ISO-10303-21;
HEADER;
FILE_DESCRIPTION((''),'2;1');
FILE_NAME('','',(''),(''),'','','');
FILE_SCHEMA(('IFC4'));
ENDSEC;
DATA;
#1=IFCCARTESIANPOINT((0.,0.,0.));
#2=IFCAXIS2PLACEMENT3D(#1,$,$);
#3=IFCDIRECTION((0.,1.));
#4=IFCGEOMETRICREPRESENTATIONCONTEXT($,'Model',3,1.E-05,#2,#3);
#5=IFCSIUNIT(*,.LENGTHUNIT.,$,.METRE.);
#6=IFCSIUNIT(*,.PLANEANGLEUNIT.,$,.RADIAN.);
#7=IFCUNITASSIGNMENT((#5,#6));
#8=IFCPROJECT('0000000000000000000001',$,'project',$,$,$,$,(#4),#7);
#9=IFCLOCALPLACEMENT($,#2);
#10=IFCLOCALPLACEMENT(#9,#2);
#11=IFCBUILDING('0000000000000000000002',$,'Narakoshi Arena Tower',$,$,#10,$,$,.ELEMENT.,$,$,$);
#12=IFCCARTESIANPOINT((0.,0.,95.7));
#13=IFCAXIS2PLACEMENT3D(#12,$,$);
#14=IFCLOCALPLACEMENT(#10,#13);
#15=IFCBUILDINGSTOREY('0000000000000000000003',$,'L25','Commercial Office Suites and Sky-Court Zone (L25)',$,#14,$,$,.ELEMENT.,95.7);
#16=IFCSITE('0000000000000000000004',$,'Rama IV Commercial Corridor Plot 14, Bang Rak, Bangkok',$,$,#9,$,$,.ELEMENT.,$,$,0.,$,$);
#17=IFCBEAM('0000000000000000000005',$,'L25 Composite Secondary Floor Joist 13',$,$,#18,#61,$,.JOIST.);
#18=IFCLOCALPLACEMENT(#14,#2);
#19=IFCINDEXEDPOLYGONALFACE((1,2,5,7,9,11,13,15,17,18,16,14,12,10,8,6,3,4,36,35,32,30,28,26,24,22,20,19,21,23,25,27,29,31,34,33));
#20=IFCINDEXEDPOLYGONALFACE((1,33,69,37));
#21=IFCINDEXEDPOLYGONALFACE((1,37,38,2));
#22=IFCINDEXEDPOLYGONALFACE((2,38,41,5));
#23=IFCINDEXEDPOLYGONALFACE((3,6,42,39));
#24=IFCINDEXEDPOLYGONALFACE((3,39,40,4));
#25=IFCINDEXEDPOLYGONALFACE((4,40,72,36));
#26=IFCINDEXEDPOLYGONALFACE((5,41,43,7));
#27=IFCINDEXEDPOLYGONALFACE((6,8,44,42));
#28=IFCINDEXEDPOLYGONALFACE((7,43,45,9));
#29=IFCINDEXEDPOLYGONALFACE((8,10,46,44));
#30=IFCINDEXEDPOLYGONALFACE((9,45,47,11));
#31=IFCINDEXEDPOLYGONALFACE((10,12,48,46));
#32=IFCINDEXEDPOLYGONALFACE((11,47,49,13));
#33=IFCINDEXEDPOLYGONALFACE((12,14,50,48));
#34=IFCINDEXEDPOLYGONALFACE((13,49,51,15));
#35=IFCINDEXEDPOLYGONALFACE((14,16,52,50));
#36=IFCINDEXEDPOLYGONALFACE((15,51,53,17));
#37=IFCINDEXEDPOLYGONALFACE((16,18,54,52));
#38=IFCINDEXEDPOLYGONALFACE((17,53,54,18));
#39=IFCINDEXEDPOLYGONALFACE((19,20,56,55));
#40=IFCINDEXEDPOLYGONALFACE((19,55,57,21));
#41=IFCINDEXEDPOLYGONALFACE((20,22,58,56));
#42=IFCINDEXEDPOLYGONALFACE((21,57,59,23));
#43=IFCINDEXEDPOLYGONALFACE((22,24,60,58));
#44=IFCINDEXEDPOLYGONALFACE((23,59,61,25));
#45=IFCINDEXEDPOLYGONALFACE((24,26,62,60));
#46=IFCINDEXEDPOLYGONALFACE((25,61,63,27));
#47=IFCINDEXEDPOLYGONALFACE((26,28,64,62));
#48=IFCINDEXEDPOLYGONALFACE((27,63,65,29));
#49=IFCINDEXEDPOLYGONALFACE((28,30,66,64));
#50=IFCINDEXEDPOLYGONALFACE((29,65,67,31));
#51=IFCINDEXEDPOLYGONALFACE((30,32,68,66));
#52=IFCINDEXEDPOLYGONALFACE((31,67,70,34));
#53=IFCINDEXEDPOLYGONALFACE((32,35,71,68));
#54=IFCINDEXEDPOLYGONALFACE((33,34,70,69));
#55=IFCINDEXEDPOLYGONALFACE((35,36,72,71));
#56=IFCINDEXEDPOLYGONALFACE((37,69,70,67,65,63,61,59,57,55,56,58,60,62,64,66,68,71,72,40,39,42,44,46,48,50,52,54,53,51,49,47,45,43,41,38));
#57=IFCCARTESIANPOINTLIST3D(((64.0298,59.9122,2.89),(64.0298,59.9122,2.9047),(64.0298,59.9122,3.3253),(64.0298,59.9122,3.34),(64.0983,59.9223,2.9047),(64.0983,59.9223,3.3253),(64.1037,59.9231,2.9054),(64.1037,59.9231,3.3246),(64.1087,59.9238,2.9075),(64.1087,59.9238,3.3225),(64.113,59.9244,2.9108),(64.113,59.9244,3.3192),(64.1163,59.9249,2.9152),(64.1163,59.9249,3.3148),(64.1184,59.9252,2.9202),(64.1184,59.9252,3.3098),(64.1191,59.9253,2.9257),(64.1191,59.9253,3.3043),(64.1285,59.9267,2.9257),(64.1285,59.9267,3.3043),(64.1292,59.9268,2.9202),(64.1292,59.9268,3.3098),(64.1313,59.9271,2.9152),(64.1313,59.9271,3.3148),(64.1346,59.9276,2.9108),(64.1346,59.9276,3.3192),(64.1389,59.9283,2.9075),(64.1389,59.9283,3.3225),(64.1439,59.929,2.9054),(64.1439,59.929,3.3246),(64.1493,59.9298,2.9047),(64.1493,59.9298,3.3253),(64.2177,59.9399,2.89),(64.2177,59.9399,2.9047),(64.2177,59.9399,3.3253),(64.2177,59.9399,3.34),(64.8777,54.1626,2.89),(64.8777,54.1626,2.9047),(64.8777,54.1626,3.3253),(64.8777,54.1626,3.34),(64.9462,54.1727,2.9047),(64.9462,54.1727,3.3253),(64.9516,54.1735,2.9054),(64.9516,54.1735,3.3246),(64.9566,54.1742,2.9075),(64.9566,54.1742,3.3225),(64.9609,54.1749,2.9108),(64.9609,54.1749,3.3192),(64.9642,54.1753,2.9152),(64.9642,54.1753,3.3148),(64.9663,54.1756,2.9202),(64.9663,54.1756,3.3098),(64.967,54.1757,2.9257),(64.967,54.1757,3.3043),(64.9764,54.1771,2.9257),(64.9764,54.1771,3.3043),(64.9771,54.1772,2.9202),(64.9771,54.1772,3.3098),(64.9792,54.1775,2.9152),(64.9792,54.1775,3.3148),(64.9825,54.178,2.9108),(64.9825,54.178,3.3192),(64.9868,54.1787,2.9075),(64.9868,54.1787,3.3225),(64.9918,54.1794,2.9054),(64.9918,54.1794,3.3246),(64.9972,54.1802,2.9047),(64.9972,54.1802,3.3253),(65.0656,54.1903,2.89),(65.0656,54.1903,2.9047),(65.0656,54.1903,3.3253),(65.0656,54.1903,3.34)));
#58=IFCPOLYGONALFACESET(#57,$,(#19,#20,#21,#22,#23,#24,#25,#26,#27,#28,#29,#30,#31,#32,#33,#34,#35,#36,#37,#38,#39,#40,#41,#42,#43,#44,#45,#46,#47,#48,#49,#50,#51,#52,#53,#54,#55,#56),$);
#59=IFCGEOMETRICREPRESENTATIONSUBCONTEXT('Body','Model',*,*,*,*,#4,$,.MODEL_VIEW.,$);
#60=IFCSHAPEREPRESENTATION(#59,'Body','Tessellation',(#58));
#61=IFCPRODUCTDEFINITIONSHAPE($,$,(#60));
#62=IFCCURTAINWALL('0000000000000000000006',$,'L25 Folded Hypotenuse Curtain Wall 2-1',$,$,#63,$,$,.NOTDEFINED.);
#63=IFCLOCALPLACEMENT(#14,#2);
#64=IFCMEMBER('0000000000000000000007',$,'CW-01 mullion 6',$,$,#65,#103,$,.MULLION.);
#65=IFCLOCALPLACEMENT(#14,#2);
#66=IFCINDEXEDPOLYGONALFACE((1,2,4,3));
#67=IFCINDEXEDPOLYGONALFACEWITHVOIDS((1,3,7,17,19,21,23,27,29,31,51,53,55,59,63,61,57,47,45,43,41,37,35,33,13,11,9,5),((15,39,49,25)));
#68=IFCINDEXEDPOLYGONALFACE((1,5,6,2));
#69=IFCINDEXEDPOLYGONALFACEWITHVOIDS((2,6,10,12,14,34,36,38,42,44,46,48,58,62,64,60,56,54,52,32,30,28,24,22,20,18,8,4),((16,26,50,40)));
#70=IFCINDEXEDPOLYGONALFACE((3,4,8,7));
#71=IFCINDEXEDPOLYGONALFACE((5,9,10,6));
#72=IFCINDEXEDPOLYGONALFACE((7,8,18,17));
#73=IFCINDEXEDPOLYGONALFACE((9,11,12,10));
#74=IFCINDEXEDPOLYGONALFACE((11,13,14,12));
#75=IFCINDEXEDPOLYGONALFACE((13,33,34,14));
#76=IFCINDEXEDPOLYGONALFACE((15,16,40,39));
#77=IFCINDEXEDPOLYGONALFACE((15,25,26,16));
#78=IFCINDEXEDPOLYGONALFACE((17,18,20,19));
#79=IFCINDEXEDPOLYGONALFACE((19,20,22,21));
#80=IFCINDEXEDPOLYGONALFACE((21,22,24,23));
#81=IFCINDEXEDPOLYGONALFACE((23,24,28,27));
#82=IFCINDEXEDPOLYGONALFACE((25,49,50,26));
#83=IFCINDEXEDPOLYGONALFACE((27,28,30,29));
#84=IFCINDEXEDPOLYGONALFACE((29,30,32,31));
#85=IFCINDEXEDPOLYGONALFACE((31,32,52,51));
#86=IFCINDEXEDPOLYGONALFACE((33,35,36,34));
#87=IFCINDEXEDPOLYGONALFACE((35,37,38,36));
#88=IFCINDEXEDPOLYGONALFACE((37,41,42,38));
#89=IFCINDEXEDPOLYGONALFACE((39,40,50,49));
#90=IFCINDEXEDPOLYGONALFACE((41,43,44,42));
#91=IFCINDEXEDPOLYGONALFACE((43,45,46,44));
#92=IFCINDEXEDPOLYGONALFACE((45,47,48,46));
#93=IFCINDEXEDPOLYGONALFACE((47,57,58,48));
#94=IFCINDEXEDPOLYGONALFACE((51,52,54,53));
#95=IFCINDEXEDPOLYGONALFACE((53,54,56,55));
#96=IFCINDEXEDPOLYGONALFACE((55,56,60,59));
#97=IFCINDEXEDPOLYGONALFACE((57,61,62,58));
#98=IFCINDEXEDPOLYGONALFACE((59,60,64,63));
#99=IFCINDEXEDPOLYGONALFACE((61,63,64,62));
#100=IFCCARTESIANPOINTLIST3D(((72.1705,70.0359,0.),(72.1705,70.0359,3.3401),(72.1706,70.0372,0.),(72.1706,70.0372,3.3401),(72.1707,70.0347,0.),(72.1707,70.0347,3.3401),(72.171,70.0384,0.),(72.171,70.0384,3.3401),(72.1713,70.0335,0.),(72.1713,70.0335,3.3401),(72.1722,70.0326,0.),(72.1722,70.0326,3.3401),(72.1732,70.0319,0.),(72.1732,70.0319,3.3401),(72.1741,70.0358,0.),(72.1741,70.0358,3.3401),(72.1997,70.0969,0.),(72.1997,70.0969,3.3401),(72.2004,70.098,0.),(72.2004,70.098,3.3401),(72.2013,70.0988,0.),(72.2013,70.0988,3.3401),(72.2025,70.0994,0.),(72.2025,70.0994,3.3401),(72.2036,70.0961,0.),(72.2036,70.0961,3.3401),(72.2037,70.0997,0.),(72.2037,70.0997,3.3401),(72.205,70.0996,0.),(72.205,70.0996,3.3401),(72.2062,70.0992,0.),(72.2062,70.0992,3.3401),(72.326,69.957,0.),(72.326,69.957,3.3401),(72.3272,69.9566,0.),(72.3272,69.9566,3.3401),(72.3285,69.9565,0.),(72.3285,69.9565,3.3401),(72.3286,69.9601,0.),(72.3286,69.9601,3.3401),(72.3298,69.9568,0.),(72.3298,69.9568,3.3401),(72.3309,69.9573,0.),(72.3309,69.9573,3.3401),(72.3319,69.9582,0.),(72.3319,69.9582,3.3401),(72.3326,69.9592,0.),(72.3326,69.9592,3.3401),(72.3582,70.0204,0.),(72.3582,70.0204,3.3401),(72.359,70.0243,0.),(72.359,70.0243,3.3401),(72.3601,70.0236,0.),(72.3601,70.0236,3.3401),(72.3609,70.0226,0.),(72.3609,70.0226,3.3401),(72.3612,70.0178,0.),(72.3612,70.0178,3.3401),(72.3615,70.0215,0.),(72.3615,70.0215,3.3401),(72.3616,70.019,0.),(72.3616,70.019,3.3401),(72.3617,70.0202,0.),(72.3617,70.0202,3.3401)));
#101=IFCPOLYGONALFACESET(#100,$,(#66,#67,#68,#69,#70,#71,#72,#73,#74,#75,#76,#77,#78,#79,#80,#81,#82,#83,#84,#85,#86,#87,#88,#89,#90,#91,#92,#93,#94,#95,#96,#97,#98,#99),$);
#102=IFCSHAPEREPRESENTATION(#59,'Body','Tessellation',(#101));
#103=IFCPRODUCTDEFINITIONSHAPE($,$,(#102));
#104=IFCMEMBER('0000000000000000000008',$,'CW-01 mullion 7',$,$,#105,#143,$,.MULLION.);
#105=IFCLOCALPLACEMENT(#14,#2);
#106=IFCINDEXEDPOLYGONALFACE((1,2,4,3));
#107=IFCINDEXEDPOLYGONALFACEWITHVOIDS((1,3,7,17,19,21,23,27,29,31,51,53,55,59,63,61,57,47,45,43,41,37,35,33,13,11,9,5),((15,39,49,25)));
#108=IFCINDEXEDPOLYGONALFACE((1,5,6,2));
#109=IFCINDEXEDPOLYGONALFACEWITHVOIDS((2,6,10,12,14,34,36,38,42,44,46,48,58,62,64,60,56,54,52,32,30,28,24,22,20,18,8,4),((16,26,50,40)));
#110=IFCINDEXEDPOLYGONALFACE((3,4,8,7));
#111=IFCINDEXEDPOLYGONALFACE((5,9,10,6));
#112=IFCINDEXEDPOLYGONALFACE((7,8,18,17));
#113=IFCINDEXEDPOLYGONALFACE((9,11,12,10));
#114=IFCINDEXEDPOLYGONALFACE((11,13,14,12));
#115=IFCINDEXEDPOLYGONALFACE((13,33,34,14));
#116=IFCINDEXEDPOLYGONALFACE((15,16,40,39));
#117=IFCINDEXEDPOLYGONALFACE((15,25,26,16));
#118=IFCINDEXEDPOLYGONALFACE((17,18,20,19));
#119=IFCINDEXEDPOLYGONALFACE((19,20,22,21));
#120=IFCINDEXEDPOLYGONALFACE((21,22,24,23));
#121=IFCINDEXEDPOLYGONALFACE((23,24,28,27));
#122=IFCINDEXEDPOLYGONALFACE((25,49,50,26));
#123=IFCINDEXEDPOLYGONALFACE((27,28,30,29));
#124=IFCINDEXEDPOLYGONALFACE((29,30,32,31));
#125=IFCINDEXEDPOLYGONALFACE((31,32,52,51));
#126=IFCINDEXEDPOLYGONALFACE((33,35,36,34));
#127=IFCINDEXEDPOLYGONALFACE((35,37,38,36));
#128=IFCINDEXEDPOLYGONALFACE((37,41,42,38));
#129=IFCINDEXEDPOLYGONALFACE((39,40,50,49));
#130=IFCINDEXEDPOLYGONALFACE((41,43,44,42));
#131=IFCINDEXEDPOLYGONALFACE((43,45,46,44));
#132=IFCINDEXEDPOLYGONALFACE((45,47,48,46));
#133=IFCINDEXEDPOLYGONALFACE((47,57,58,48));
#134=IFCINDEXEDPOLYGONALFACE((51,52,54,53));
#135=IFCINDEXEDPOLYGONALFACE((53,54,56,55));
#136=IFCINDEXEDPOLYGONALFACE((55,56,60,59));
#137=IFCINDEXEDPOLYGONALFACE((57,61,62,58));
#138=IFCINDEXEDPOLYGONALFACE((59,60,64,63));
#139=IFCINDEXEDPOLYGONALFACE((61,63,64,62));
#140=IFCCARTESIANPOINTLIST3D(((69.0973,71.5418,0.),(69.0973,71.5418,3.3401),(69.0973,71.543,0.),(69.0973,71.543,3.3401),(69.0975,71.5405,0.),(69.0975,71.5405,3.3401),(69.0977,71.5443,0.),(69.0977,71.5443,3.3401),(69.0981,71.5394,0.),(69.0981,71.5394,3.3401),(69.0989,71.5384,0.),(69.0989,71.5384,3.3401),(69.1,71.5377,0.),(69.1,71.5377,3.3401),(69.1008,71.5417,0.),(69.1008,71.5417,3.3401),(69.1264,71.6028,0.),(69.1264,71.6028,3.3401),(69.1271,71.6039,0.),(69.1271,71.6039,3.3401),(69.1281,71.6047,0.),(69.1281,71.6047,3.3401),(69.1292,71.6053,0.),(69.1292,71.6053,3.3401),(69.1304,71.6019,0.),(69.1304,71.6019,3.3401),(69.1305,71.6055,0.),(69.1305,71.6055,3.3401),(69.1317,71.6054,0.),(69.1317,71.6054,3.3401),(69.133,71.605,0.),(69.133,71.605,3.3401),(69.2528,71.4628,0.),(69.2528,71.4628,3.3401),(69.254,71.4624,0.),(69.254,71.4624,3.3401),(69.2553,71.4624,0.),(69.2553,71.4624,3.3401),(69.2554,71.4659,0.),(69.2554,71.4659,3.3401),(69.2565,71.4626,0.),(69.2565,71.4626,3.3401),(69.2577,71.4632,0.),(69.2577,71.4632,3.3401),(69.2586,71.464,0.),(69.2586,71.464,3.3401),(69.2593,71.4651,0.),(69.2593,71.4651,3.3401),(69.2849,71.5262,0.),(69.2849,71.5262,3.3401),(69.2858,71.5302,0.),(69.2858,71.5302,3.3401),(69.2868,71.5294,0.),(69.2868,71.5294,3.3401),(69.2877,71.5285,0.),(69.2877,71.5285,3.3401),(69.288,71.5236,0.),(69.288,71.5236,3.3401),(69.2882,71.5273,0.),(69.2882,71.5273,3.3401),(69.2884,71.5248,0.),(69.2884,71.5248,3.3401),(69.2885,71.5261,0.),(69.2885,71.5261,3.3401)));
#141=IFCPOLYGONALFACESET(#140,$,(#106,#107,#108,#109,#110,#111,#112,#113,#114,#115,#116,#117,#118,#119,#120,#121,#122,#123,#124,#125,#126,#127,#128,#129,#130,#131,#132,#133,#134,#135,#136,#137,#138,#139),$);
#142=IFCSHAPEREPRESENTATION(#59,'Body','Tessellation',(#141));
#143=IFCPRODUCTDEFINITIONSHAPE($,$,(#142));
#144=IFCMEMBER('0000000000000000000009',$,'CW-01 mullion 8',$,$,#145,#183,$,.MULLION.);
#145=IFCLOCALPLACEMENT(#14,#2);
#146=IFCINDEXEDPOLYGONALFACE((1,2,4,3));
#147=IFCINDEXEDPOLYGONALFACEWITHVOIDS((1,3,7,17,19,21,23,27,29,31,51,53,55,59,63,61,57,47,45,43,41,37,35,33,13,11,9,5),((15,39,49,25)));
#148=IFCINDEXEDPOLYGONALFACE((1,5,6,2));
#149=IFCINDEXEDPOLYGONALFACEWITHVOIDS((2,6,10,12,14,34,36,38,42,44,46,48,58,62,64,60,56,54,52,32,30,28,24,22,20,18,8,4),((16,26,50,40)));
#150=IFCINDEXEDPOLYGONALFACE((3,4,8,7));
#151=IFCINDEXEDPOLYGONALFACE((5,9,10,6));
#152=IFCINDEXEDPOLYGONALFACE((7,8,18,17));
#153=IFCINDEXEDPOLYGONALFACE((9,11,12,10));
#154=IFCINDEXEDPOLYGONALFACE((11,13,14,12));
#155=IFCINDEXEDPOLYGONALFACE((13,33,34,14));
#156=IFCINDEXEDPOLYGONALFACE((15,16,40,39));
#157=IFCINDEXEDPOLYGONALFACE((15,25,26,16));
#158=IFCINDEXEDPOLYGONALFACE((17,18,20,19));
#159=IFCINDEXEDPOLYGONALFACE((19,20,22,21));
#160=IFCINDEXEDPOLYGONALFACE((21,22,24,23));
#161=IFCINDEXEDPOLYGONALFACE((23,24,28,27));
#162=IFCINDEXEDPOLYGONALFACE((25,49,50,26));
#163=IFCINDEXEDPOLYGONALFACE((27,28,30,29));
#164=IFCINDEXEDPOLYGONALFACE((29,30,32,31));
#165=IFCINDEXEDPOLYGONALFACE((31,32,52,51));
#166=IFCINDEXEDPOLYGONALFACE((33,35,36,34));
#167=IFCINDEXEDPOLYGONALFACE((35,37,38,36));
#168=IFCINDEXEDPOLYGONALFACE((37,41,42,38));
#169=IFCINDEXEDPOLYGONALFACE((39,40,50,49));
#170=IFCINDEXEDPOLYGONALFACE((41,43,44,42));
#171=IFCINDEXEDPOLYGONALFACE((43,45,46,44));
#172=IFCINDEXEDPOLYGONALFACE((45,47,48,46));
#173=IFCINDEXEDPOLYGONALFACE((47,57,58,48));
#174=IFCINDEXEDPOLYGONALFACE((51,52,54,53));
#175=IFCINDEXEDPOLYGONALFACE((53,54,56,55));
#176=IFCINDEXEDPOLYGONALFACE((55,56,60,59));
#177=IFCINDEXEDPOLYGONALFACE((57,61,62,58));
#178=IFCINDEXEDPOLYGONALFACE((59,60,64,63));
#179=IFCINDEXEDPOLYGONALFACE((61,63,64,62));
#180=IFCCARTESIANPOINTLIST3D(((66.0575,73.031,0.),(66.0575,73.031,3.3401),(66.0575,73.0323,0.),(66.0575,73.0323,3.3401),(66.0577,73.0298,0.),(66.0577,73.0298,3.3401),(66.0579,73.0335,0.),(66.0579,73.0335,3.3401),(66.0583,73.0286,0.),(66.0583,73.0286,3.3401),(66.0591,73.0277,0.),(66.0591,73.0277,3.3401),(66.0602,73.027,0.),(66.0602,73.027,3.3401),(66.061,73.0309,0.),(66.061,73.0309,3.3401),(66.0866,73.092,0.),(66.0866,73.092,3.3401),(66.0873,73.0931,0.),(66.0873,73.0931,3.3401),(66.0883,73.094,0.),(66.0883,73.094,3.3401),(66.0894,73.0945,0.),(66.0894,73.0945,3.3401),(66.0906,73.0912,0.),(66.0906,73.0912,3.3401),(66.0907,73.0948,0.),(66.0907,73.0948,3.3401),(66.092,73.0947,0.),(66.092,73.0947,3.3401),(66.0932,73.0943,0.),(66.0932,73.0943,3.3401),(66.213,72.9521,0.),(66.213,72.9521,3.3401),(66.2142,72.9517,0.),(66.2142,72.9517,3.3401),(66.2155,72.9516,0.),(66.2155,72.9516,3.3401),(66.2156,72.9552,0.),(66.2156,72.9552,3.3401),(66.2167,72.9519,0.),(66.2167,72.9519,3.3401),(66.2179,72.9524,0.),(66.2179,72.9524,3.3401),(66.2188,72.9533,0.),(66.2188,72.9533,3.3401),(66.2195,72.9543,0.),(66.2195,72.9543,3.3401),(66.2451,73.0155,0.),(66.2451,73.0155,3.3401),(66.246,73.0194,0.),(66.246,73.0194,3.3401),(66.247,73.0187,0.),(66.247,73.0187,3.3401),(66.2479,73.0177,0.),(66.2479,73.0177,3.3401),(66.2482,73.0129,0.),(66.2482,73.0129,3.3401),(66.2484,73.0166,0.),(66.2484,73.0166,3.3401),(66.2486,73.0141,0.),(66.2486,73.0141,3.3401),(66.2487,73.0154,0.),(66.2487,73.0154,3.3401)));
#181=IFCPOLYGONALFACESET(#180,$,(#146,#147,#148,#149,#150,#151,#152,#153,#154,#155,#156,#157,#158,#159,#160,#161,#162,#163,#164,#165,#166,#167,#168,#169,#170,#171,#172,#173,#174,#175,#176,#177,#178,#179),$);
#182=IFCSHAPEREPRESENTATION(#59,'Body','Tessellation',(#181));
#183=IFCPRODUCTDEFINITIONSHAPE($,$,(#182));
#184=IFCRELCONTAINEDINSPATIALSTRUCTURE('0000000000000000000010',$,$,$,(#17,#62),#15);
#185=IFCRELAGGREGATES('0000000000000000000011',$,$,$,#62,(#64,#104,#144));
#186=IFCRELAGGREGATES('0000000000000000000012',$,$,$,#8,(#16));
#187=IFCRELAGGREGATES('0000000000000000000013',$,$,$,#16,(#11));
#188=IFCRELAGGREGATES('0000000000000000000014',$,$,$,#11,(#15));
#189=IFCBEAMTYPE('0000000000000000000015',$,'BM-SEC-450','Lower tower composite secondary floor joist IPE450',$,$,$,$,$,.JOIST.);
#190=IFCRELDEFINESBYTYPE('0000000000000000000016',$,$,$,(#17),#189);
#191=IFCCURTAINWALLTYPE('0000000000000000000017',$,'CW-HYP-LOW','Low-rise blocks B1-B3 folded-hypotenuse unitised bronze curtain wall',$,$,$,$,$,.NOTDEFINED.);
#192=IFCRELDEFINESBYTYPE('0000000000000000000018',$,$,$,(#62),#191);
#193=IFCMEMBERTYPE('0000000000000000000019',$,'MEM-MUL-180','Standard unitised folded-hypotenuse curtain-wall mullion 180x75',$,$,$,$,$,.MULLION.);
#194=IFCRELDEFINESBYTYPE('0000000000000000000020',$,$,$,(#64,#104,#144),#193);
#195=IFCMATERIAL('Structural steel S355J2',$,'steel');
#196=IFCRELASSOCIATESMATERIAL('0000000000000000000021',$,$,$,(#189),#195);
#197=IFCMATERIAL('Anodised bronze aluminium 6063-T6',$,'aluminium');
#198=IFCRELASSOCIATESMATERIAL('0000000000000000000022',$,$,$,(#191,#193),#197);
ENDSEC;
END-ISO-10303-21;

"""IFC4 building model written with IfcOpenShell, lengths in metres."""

from ifc_helpers import new_model, si_unit, direction, frame, origin, origin_2d, place, context, subcontext, project, spatial, hollow_rectangle, i_section, extrude, material, material_profile, profile_set, type_object, element, aggregate, save


model = new_model("IFC4")

# Units and contexts
model_context = context("Model", 3, precision=1e-05, world=origin(), true_north=direction((0.0, 1.0)))
body_context = subcontext(model_context, "Body", "Model", "MODEL_VIEW")
ifc_project = project(units=[si_unit("LENGTHUNIT", "METRE"), si_unit("PLANEANGLEUNIT", "RADIAN")], contexts=[model_context])

# Site, building, storey
site_placement = place(None, origin())
site = spatial("IfcSite", under=ifc_project, at=site_placement, Name="Rama IV Commercial Corridor Plot 14, Bang Rak, Bangkok", CompositionType="ELEMENT", RefElevation=0.0)
building_placement = place(site_placement, origin())
building = spatial("IfcBuilding", under=site, at=building_placement, Name="Narakoshi Arena Tower", CompositionType="ELEMENT")
storey_placement = place(building_placement, frame((0.0, 0.0, 95.7)))
storey = spatial("IfcBuildingStorey", under=building, at=storey_placement, Name="L25", Description="Commercial Office Suites and Sky-Court Zone (L25)", CompositionType="ELEMENT", Elevation=95.7)

# Beam
ifc_material_1 = material(Name="Structural steel S355J2", Category="steel")
ifc_material_profile_1 = material_profile(ifc_material_1, i_section(OverallWidth=0.1899, OverallDepth=0.45, WebThickness=0.0095, FlangeThickness=0.0146, FilletRadius=0.021, at=origin_2d()), Name="IPE450")
ifc_profile_set_1 = profile_set([ifc_material_profile_1], Name="Structural steel S355J2")
beam_type_1 = type_object("IfcBeamType", Name="BM-SEC-450", Description="Lower tower composite secondary floor joist IPE450", PredefinedType="JOIST", material=ifc_profile_set_1)
beam_1_placement = place(storey_placement, frame((64.1238, 59.926, 3.115), z_axis=(0.145895, -0.9893, 0.0), x_axis=(0.9893, 0.145895, 0.0)))
element("IfcBeam", 1, at=beam_1_placement, inside=storey, type_object=beam_type_1, Name="L25 Composite Secondary Floor Joist 13", PredefinedType="JOIST", context=body_context, shape_type="SweptSolid", body=[
    extrude(i_section(OverallWidth=0.1899, OverallDepth=0.45, WebThickness=0.0095, FlangeThickness=0.0146, FilletRadius=0.021, at=origin_2d()), origin(), (0.0, 0.0, 1.0), 5.8118),
])

# Curtain wall, members
ifc_material_2 = material(Name="Anodised bronze aluminium 6063-T6", Category="aluminium")
curtain_wall_type = type_object("IfcCurtainWallType", Name="CW-HYP-LOW", Description="Low-rise blocks B1-B3 folded-hypotenuse unitised bronze curtain wall", PredefinedType="NOTDEFINED", material=ifc_material_2)
curtain_wall_placement = place(storey_placement, origin())
curtain_wall = element("IfcCurtainWall", 2, at=curtain_wall_placement, inside=storey, type_object=curtain_wall_type, Name="L25 Folded Hypotenuse Curtain Wall 2-1", PredefinedType="NOTDEFINED")
ifc_material_profile_2 = material_profile(ifc_material_2, hollow_rectangle(XDim=0.075, YDim=0.1799, WallThickness=0.0039, OuterFilletRadius=0.0049, at=origin_2d()), Name="MUL180x75x4")
ifc_profile_set_2 = profile_set([ifc_material_profile_2], Name="Anodised bronze aluminium 6063-T6")
member_type_1 = type_object("IfcMemberType", Name="MEM-MUL-180", Description="Standard unitised folded-hypotenuse curtain-wall mullion 180x75", PredefinedType="MULLION", material=ifc_profile_set_2)
member_1_placement = place(storey_placement, frame((72.2661, 70.0281, 0.0), z_axis=(0.0, 0.0, 1.0), x_axis=(-0.440005, -0.897996, 0.0)))
member_1 = element("IfcMember", 3, at=member_1_placement, type_object=member_type_1, Name="CW-01 mullion 6", PredefinedType="MULLION", context=body_context, shape_type="SweptSolid", body=[
    extrude(hollow_rectangle(XDim=0.075, YDim=0.1799, WallThickness=0.0039, OuterFilletRadius=0.0049, at=origin_2d()), origin(), (0.0, 0.0, 1.0), 3.3401),
])
member_2_placement = place(storey_placement, frame((69.1929, 71.5339, 0.0), z_axis=(0.0, 0.0, 1.0), x_axis=(-0.440005, -0.897996, 0.0)))
member_2 = element("IfcMember", 4, at=member_2_placement, type_object=member_type_1, Name="CW-01 mullion 7", PredefinedType="MULLION", context=body_context, shape_type="SweptSolid", body=[
    extrude(hollow_rectangle(XDim=0.075, YDim=0.1799, WallThickness=0.0039, OuterFilletRadius=0.0049, at=origin_2d()), origin(), (0.0, 0.0, 1.0), 3.3401),
])
member_3_placement = place(storey_placement, frame((66.1531, 73.0232, 0.0), z_axis=(0.0, 0.0, 1.0), x_axis=(-0.440005, -0.897996, 0.0)))
member_3 = element("IfcMember", 5, at=member_3_placement, type_object=member_type_1, Name="CW-01 mullion 8", PredefinedType="MULLION", context=body_context, shape_type="SweptSolid", body=[
    extrude(hollow_rectangle(XDim=0.075, YDim=0.1799, WallThickness=0.0039, OuterFilletRadius=0.0049, at=origin_2d()), origin(), (0.0, 0.0, 1.0), 3.3401),
])
aggregate(curtain_wall, [member_1, member_2, member_3])

save(model, "model.ifc")
